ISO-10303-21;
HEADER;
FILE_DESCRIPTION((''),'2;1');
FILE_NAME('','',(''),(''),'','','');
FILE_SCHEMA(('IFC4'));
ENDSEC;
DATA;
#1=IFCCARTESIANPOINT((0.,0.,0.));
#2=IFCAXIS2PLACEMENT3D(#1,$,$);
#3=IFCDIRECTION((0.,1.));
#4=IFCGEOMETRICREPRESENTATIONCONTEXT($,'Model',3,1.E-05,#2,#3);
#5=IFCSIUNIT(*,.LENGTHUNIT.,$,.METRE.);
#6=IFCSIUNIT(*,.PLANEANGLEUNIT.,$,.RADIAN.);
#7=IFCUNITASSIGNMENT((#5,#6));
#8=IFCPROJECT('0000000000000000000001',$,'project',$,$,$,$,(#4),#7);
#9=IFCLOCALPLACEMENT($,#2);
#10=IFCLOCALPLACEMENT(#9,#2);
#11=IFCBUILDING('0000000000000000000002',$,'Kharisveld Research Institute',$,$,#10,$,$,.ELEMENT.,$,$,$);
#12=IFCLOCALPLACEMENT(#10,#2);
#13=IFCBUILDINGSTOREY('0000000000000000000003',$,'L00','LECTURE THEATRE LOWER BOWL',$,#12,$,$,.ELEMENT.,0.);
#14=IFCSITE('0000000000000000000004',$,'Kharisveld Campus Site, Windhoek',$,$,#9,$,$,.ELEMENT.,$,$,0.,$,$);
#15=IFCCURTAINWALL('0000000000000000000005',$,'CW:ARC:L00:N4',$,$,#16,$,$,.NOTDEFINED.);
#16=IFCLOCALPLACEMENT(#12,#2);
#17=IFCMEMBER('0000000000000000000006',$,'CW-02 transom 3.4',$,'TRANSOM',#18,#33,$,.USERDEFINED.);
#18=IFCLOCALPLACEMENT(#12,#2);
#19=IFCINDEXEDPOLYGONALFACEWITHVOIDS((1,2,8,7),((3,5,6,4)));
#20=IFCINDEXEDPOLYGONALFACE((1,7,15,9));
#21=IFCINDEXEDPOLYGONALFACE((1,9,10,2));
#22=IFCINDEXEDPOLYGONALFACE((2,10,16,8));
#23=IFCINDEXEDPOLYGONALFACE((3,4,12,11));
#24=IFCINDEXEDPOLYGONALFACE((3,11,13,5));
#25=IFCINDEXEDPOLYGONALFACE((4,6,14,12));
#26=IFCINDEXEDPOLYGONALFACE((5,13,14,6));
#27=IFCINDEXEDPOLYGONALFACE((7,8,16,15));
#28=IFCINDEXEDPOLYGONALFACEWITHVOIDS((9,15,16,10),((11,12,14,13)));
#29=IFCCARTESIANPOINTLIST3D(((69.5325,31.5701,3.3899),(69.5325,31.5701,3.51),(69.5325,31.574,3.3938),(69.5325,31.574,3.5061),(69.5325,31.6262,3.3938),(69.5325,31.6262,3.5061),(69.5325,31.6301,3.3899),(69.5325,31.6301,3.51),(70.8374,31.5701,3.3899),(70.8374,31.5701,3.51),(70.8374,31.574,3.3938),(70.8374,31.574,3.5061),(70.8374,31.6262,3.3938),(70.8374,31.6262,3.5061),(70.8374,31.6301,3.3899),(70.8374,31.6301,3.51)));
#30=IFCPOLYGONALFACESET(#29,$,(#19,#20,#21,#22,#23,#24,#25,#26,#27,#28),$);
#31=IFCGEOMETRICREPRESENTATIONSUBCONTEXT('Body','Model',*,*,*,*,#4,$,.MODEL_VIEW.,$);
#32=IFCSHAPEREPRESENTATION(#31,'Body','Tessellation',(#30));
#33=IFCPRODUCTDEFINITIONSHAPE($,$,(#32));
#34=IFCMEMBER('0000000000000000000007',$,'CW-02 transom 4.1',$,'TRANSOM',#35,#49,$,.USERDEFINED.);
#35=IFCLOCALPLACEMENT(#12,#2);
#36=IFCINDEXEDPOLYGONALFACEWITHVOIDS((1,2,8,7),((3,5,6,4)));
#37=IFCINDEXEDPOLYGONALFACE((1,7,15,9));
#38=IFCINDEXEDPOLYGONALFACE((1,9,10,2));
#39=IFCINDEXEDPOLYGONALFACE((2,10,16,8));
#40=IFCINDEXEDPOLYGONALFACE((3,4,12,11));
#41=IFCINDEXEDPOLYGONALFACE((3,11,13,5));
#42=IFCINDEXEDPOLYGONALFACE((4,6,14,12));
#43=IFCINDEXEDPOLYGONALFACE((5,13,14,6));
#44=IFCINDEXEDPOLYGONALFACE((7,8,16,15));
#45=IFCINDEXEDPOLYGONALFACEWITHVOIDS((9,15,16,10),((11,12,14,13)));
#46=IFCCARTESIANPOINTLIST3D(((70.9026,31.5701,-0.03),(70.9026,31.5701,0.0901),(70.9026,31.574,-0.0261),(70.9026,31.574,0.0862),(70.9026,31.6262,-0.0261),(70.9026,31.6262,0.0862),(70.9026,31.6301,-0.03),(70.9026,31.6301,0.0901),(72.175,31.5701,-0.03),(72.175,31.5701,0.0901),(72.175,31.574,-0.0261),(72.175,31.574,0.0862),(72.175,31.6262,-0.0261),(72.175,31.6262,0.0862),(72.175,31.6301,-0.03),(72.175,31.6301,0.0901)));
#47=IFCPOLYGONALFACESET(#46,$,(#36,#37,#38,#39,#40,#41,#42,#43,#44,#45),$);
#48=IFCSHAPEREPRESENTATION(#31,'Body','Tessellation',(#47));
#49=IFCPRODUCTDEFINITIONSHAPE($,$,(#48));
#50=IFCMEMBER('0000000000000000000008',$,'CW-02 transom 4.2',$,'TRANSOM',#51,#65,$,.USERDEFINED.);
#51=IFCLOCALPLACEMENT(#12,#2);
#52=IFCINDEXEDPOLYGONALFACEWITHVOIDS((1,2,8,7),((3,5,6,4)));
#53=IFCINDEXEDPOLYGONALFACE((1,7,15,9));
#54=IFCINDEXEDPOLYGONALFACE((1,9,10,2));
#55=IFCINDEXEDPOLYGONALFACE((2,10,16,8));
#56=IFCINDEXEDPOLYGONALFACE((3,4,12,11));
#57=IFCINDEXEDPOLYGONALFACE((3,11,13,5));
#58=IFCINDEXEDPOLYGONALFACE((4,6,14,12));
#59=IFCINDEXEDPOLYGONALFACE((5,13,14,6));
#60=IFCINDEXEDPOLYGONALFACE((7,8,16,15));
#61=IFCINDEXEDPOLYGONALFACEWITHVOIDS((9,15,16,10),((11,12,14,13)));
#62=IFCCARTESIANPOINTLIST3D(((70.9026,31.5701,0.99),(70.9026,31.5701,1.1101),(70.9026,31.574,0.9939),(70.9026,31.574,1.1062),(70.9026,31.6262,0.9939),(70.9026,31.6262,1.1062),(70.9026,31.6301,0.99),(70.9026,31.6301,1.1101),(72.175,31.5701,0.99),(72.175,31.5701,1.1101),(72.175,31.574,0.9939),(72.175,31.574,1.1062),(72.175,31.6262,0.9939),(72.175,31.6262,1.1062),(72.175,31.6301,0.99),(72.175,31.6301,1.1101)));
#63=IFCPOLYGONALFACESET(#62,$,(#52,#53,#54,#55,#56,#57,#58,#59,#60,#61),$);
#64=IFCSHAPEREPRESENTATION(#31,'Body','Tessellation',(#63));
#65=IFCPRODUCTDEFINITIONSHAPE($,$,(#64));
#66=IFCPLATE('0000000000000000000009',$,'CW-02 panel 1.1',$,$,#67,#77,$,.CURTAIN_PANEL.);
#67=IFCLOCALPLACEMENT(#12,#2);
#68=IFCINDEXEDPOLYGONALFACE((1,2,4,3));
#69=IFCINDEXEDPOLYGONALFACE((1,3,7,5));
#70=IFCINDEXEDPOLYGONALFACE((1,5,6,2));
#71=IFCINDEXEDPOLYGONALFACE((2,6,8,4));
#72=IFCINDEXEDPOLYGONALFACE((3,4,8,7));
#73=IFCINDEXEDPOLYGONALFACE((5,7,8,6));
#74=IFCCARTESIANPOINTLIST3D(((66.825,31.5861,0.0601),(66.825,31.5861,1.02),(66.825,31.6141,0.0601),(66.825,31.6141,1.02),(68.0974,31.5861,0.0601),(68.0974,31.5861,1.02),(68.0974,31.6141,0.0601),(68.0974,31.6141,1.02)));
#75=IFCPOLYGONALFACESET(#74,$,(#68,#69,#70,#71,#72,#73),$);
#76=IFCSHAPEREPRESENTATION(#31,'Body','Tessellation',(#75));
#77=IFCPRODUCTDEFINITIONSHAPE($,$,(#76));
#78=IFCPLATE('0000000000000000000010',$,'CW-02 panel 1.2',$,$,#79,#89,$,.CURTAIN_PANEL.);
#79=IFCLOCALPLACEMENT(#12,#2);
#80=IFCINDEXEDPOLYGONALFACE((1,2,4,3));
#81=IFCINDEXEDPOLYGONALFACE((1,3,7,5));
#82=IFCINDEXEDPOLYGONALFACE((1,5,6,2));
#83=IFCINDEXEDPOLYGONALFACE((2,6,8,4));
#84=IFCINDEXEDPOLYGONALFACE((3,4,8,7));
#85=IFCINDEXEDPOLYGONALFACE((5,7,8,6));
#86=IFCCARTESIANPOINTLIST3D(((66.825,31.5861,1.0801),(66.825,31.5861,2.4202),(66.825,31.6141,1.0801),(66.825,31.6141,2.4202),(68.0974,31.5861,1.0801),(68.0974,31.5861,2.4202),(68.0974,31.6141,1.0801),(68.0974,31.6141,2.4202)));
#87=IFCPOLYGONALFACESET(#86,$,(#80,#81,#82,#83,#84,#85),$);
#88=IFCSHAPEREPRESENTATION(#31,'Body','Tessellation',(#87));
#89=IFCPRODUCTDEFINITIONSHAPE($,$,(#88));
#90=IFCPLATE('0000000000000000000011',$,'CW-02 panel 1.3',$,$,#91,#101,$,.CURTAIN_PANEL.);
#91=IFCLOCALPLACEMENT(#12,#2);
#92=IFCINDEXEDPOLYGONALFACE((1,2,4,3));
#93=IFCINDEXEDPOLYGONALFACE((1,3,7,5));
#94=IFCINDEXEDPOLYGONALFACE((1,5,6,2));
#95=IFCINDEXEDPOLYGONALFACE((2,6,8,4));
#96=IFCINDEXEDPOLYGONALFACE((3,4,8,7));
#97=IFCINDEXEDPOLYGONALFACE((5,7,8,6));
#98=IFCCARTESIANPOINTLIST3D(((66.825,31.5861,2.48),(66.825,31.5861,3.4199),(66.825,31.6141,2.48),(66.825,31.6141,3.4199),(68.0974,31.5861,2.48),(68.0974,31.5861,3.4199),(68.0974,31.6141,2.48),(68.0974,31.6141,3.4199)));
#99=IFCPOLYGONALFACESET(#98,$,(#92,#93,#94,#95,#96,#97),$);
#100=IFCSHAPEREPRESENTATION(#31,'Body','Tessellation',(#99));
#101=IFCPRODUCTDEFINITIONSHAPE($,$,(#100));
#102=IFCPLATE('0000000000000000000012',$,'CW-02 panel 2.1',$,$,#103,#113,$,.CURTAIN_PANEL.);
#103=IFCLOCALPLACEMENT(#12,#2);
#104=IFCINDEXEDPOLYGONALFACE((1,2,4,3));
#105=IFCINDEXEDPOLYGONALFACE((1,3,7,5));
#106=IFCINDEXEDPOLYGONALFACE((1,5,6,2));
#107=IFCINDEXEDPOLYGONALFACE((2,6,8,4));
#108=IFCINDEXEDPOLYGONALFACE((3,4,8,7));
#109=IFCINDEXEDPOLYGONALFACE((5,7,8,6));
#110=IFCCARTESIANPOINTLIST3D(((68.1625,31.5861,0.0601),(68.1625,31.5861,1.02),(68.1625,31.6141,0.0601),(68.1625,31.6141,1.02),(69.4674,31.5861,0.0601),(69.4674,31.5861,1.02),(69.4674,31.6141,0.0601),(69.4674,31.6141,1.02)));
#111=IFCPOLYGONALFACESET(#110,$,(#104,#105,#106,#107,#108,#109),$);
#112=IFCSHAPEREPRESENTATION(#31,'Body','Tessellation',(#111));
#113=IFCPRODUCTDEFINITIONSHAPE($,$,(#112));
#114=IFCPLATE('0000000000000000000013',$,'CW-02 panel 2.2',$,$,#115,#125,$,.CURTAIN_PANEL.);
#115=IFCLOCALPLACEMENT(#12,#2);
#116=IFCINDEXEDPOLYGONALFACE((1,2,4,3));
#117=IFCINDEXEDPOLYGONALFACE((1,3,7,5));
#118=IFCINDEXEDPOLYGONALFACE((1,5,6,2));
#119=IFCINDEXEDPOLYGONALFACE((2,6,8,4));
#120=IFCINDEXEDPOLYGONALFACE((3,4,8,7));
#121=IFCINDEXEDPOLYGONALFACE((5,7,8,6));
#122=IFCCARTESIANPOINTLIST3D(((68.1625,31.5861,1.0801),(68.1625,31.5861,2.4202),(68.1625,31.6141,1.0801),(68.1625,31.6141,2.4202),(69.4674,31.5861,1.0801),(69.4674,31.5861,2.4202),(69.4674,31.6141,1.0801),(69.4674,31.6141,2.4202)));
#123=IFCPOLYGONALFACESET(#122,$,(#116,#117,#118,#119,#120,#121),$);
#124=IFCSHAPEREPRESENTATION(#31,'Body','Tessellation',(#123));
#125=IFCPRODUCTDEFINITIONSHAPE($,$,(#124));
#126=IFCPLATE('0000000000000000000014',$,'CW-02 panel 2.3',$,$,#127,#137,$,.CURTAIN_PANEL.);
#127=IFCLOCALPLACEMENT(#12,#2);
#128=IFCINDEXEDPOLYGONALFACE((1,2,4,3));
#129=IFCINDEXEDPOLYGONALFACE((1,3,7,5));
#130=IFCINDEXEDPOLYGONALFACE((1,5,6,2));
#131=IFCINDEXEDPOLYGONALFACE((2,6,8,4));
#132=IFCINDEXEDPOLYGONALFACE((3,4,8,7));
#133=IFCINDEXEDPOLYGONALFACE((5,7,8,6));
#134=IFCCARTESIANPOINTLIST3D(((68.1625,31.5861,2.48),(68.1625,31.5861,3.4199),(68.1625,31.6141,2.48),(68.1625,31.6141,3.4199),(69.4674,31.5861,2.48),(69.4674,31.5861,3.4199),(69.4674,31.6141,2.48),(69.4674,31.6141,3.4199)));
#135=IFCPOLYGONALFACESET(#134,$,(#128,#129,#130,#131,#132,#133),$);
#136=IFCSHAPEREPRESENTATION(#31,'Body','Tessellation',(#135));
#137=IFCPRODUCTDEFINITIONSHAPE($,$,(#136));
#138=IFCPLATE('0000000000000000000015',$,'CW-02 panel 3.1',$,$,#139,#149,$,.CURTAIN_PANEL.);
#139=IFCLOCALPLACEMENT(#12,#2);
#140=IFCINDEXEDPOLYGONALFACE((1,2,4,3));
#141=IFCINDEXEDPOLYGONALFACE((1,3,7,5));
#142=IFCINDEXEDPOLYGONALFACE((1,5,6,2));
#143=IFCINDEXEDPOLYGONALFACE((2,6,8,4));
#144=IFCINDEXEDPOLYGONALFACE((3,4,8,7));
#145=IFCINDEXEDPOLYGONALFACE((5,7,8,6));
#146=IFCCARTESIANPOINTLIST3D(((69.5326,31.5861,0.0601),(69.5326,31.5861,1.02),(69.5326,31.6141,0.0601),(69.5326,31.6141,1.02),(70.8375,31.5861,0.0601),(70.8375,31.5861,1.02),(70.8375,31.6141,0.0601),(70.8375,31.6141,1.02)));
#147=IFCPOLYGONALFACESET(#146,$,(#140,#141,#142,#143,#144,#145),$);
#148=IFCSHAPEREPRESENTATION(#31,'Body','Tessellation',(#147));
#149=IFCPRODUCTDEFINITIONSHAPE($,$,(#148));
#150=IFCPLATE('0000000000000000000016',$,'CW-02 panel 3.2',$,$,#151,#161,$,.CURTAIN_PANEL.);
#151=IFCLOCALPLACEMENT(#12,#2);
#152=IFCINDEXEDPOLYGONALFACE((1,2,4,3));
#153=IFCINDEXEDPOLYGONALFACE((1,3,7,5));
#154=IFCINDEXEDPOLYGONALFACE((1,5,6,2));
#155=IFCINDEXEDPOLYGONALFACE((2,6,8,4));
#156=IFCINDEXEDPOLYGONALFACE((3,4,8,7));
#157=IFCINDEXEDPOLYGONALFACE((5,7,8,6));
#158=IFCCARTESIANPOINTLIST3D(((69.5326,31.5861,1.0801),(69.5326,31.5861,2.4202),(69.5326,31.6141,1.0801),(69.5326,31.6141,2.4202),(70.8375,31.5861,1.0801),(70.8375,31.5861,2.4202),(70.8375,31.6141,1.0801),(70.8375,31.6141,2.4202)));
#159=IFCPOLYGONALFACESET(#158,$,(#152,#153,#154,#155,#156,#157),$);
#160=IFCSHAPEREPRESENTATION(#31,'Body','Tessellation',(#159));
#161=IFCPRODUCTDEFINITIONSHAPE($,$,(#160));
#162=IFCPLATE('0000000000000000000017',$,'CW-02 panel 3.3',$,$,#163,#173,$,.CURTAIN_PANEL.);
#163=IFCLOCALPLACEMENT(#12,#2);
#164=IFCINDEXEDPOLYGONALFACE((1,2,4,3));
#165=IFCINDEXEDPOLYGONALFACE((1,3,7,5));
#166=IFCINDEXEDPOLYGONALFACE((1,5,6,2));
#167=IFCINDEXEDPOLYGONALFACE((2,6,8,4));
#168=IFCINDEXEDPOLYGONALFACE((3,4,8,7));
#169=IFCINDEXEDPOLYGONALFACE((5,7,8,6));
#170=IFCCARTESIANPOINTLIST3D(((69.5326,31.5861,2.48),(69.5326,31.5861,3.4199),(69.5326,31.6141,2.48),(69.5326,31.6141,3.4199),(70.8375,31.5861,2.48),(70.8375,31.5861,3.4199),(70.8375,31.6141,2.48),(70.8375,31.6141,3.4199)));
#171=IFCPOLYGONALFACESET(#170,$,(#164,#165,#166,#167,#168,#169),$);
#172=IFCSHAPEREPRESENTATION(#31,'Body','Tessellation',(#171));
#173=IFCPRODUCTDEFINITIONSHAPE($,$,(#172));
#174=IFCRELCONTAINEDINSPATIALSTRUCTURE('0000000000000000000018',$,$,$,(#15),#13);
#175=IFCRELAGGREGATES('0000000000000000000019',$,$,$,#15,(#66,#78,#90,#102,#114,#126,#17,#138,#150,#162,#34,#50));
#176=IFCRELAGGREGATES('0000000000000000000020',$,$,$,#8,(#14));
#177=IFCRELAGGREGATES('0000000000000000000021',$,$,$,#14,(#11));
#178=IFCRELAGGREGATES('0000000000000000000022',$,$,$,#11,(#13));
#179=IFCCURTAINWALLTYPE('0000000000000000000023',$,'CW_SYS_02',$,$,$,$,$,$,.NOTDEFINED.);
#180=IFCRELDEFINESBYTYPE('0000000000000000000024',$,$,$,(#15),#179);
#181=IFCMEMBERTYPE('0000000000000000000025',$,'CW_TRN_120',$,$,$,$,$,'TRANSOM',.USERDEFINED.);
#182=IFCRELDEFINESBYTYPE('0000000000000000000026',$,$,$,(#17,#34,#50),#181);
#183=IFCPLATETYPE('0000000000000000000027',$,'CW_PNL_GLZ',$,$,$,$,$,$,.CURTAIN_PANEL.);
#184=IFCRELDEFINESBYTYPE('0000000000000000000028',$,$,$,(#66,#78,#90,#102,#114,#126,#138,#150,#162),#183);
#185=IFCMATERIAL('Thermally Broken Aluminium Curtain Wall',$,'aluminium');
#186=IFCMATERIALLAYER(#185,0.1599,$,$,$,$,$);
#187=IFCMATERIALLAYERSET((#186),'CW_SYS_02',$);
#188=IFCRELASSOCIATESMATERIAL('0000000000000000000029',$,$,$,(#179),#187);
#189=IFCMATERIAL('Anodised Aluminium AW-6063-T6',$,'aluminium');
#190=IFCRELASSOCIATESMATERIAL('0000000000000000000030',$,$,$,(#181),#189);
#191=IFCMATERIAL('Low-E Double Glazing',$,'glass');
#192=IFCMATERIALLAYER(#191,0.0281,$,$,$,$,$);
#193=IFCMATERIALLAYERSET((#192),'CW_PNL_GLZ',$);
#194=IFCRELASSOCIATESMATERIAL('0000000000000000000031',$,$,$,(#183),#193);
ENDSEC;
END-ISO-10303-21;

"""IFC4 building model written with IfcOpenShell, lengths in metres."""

from ifc_helpers import new_model, si_unit, direction, frame, origin, origin_2d, place, context, subcontext, project, spatial, rectangle, hollow_rectangle, extrude, material, layer, layer_set, material_profile, profile_set, type_object, element, aggregate, save


model = new_model("IFC4")

# Units and contexts
model_context = context("Model", 3, precision=1e-05, world=origin(), true_north=direction((0.0, 1.0)))
body_context = subcontext(model_context, "Body", "Model", "MODEL_VIEW")
ifc_project = project(units=[si_unit("LENGTHUNIT", "METRE"), si_unit("PLANEANGLEUNIT", "RADIAN")], contexts=[model_context])

# Site, building, storey
site_placement = place(None, origin())
site = spatial("IfcSite", under=ifc_project, at=site_placement, Name="Kharisveld Campus Site, Windhoek", CompositionType="ELEMENT", RefElevation=0.0)
building_placement = place(site_placement, origin())
building = spatial("IfcBuilding", under=site, at=building_placement, Name="Kharisveld Research Institute", CompositionType="ELEMENT")
storey_placement = place(building_placement, origin())
storey = spatial("IfcBuildingStorey", under=building, at=storey_placement, Name="L00", Description="LECTURE THEATRE LOWER BOWL", CompositionType="ELEMENT", Elevation=0.0)

# Curtain wall, members, plates
ifc_material_1 = material(Name="Thermally Broken Aluminium Curtain Wall", Category="aluminium")
ifc_layer_1 = layer(ifc_material_1, 0.1599)
ifc_layer_set_1 = layer_set([ifc_layer_1], Name="CW_SYS_02")
curtain_wall_type = type_object("IfcCurtainWallType", Name="CW_SYS_02", PredefinedType="NOTDEFINED", material=ifc_layer_set_1)
curtain_wall_placement = place(storey_placement, origin())
curtain_wall = element("IfcCurtainWall", 1, at=curtain_wall_placement, inside=storey, type_object=curtain_wall_type, Name="CW:ARC:L00:N4", PredefinedType="NOTDEFINED")
ifc_material_2 = material(Name="Anodised Aluminium AW-6063-T6", Category="aluminium")
ifc_material_profile_1 = material_profile(ifc_material_2, hollow_rectangle(XDim=0.0601, YDim=0.1201, WallThickness=0.0039, at=origin_2d()))
ifc_profile_set_1 = profile_set([ifc_material_profile_1], Name="Anodised Aluminium AW-6063-T6")
member_type_1 = type_object("IfcMemberType", Name="CW_TRN_120", ElementType="TRANSOM", PredefinedType="USERDEFINED", material=ifc_profile_set_1)
member_1_placement = place(storey_placement, frame((69.5325, 31.6001, 3.45), z_axis=(1.0, 0.0, 0.0), x_axis=(0.0, 1.0, 0.0)))
member_1 = element("IfcMember", 2, at=member_1_placement, type_object=member_type_1, Name="CW-02 transom 3.4", ObjectType="TRANSOM", PredefinedType="USERDEFINED", context=body_context, shape_type="SweptSolid", body=[
    extrude(hollow_rectangle(XDim=0.0601, YDim=0.1201, WallThickness=0.0039, at=origin_2d()), origin(), (0.0, 0.0, 1.0), 1.3049),
])
member_2_placement = place(storey_placement, frame((70.9026, 31.6001, 0.03), z_axis=(1.0, 0.0, 0.0), x_axis=(0.0, 1.0, 0.0)))
member_2 = element("IfcMember", 3, at=member_2_placement, type_object=member_type_1, Name="CW-02 transom 4.1", ObjectType="TRANSOM", PredefinedType="USERDEFINED", context=body_context, shape_type="SweptSolid", body=[
    extrude(hollow_rectangle(XDim=0.0601, YDim=0.1201, WallThickness=0.0039, at=origin_2d()), origin(), (0.0, 0.0, 1.0), 1.2725),
])
member_3_placement = place(storey_placement, frame((70.9026, 31.6001, 1.05), z_axis=(1.0, 0.0, 0.0), x_axis=(0.0, 1.0, 0.0)))
member_3 = element("IfcMember", 4, at=member_3_placement, type_object=member_type_1, Name="CW-02 transom 4.2", ObjectType="TRANSOM", PredefinedType="USERDEFINED", context=body_context, shape_type="SweptSolid", body=[
    extrude(hollow_rectangle(XDim=0.0601, YDim=0.1201, WallThickness=0.0039, at=origin_2d()), origin(), (0.0, 0.0, 1.0), 1.2725),
])
ifc_material_3 = material(Name="Low-E Double Glazing", Category="glass")
ifc_layer_2 = layer(ifc_material_3, 0.0281)
ifc_layer_set_2 = layer_set([ifc_layer_2], Name="CW_PNL_GLZ")
plate_type = type_object("IfcPlateType", Name="CW_PNL_GLZ", PredefinedType="CURTAIN_PANEL", material=ifc_layer_set_2)
plate_1_placement = place(storey_placement, frame((67.4612, 31.6001, 0.0601), z_axis=(0.0, 0.0, 1.0), x_axis=(1.0, 0.0, 0.0)))
plate_1 = element("IfcPlate", 5, at=plate_1_placement, type_object=plate_type, Name="CW-02 panel 1.1", PredefinedType="CURTAIN_PANEL", context=body_context, shape_type="SweptSolid", body=[
    extrude(rectangle(XDim=1.2725, YDim=0.0281, at=origin_2d()), origin(), (0.0, 0.0, 1.0), 0.96),
])
plate_2_placement = place(storey_placement, frame((67.4612, 31.6001, 1.0801), z_axis=(0.0, 0.0, 1.0), x_axis=(1.0, 0.0, 0.0)))
plate_2 = element("IfcPlate", 6, at=plate_2_placement, type_object=plate_type, Name="CW-02 panel 1.2", PredefinedType="CURTAIN_PANEL", context=body_context, shape_type="SweptSolid", body=[
    extrude(rectangle(XDim=1.2725, YDim=0.0281, at=origin_2d()), origin(), (0.0, 0.0, 1.0), 1.3401),
])
plate_3_placement = place(storey_placement, frame((67.4612, 31.6001, 2.48), z_axis=(0.0, 0.0, 1.0), x_axis=(1.0, 0.0, 0.0)))
plate_3 = element("IfcPlate", 7, at=plate_3_placement, type_object=plate_type, Name="CW-02 panel 1.3", PredefinedType="CURTAIN_PANEL", context=body_context, shape_type="SweptSolid", body=[
    extrude(rectangle(XDim=1.2725, YDim=0.0281, at=origin_2d()), origin(), (0.0, 0.0, 1.0), 0.9399),
])
plate_4_placement = place(storey_placement, frame((68.8149, 31.6001, 0.0601), z_axis=(0.0, 0.0, 1.0), x_axis=(1.0, 0.0, 0.0)))
plate_4 = element("IfcPlate", 8, at=plate_4_placement, type_object=plate_type, Name="CW-02 panel 2.1", PredefinedType="CURTAIN_PANEL", context=body_context, shape_type="SweptSolid", body=[
    extrude(rectangle(XDim=1.3049, YDim=0.0281, at=origin_2d()), origin(), (0.0, 0.0, 1.0), 0.96),
])
plate_5_placement = place(storey_placement, frame((68.8149, 31.6001, 1.0801), z_axis=(0.0, 0.0, 1.0), x_axis=(1.0, 0.0, 0.0)))
plate_5 = element("IfcPlate", 9, at=plate_5_placement, type_object=plate_type, Name="CW-02 panel 2.2", PredefinedType="CURTAIN_PANEL", context=body_context, shape_type="SweptSolid", body=[
    extrude(rectangle(XDim=1.3049, YDim=0.0281, at=origin_2d()), origin(), (0.0, 0.0, 1.0), 1.3401),
])
plate_6_placement = place(storey_placement, frame((68.8149, 31.6001, 2.48), z_axis=(0.0, 0.0, 1.0), x_axis=(1.0, 0.0, 0.0)))
plate_6 = element("IfcPlate", 10, at=plate_6_placement, type_object=plate_type, Name="CW-02 panel 2.3", PredefinedType="CURTAIN_PANEL", context=body_context, shape_type="SweptSolid", body=[
    extrude(rectangle(XDim=1.3049, YDim=0.0281, at=origin_2d()), origin(), (0.0, 0.0, 1.0), 0.9399),
])
plate_7_placement = place(storey_placement, frame((70.1851, 31.6001, 0.0601), z_axis=(0.0, 0.0, 1.0), x_axis=(1.0, 0.0, 0.0)))
plate_7 = element("IfcPlate", 11, at=plate_7_placement, type_object=plate_type, Name="CW-02 panel 3.1", PredefinedType="CURTAIN_PANEL", context=body_context, shape_type="SweptSolid", body=[
    extrude(rectangle(XDim=1.3049, YDim=0.0281, at=origin_2d()), origin(), (0.0, 0.0, 1.0), 0.96),
])
plate_8_placement = place(storey_placement, frame((70.1851, 31.6001, 1.0801), z_axis=(0.0, 0.0, 1.0), x_axis=(1.0, 0.0, 0.0)))
plate_8 = element("IfcPlate", 12, at=plate_8_placement, type_object=plate_type, Name="CW-02 panel 3.2", PredefinedType="CURTAIN_PANEL", context=body_context, shape_type="SweptSolid", body=[
    extrude(rectangle(XDim=1.3049, YDim=0.0281, at=origin_2d()), origin(), (0.0, 0.0, 1.0), 1.3401),
])
plate_9_placement = place(storey_placement, frame((70.1851, 31.6001, 2.48), z_axis=(0.0, 0.0, 1.0), x_axis=(1.0, 0.0, 0.0)))
plate_9 = element("IfcPlate", 13, at=plate_9_placement, type_object=plate_type, Name="CW-02 panel 3.3", PredefinedType="CURTAIN_PANEL", context=body_context, shape_type="SweptSolid", body=[
    extrude(rectangle(XDim=1.3049, YDim=0.0281, at=origin_2d()), origin(), (0.0, 0.0, 1.0), 0.9399),
])
aggregate(curtain_wall, [plate_1, plate_2, plate_3, plate_4, plate_5, plate_6, member_1, plate_7, plate_8, plate_9, member_2, member_3])

save(model, "model.ifc")
